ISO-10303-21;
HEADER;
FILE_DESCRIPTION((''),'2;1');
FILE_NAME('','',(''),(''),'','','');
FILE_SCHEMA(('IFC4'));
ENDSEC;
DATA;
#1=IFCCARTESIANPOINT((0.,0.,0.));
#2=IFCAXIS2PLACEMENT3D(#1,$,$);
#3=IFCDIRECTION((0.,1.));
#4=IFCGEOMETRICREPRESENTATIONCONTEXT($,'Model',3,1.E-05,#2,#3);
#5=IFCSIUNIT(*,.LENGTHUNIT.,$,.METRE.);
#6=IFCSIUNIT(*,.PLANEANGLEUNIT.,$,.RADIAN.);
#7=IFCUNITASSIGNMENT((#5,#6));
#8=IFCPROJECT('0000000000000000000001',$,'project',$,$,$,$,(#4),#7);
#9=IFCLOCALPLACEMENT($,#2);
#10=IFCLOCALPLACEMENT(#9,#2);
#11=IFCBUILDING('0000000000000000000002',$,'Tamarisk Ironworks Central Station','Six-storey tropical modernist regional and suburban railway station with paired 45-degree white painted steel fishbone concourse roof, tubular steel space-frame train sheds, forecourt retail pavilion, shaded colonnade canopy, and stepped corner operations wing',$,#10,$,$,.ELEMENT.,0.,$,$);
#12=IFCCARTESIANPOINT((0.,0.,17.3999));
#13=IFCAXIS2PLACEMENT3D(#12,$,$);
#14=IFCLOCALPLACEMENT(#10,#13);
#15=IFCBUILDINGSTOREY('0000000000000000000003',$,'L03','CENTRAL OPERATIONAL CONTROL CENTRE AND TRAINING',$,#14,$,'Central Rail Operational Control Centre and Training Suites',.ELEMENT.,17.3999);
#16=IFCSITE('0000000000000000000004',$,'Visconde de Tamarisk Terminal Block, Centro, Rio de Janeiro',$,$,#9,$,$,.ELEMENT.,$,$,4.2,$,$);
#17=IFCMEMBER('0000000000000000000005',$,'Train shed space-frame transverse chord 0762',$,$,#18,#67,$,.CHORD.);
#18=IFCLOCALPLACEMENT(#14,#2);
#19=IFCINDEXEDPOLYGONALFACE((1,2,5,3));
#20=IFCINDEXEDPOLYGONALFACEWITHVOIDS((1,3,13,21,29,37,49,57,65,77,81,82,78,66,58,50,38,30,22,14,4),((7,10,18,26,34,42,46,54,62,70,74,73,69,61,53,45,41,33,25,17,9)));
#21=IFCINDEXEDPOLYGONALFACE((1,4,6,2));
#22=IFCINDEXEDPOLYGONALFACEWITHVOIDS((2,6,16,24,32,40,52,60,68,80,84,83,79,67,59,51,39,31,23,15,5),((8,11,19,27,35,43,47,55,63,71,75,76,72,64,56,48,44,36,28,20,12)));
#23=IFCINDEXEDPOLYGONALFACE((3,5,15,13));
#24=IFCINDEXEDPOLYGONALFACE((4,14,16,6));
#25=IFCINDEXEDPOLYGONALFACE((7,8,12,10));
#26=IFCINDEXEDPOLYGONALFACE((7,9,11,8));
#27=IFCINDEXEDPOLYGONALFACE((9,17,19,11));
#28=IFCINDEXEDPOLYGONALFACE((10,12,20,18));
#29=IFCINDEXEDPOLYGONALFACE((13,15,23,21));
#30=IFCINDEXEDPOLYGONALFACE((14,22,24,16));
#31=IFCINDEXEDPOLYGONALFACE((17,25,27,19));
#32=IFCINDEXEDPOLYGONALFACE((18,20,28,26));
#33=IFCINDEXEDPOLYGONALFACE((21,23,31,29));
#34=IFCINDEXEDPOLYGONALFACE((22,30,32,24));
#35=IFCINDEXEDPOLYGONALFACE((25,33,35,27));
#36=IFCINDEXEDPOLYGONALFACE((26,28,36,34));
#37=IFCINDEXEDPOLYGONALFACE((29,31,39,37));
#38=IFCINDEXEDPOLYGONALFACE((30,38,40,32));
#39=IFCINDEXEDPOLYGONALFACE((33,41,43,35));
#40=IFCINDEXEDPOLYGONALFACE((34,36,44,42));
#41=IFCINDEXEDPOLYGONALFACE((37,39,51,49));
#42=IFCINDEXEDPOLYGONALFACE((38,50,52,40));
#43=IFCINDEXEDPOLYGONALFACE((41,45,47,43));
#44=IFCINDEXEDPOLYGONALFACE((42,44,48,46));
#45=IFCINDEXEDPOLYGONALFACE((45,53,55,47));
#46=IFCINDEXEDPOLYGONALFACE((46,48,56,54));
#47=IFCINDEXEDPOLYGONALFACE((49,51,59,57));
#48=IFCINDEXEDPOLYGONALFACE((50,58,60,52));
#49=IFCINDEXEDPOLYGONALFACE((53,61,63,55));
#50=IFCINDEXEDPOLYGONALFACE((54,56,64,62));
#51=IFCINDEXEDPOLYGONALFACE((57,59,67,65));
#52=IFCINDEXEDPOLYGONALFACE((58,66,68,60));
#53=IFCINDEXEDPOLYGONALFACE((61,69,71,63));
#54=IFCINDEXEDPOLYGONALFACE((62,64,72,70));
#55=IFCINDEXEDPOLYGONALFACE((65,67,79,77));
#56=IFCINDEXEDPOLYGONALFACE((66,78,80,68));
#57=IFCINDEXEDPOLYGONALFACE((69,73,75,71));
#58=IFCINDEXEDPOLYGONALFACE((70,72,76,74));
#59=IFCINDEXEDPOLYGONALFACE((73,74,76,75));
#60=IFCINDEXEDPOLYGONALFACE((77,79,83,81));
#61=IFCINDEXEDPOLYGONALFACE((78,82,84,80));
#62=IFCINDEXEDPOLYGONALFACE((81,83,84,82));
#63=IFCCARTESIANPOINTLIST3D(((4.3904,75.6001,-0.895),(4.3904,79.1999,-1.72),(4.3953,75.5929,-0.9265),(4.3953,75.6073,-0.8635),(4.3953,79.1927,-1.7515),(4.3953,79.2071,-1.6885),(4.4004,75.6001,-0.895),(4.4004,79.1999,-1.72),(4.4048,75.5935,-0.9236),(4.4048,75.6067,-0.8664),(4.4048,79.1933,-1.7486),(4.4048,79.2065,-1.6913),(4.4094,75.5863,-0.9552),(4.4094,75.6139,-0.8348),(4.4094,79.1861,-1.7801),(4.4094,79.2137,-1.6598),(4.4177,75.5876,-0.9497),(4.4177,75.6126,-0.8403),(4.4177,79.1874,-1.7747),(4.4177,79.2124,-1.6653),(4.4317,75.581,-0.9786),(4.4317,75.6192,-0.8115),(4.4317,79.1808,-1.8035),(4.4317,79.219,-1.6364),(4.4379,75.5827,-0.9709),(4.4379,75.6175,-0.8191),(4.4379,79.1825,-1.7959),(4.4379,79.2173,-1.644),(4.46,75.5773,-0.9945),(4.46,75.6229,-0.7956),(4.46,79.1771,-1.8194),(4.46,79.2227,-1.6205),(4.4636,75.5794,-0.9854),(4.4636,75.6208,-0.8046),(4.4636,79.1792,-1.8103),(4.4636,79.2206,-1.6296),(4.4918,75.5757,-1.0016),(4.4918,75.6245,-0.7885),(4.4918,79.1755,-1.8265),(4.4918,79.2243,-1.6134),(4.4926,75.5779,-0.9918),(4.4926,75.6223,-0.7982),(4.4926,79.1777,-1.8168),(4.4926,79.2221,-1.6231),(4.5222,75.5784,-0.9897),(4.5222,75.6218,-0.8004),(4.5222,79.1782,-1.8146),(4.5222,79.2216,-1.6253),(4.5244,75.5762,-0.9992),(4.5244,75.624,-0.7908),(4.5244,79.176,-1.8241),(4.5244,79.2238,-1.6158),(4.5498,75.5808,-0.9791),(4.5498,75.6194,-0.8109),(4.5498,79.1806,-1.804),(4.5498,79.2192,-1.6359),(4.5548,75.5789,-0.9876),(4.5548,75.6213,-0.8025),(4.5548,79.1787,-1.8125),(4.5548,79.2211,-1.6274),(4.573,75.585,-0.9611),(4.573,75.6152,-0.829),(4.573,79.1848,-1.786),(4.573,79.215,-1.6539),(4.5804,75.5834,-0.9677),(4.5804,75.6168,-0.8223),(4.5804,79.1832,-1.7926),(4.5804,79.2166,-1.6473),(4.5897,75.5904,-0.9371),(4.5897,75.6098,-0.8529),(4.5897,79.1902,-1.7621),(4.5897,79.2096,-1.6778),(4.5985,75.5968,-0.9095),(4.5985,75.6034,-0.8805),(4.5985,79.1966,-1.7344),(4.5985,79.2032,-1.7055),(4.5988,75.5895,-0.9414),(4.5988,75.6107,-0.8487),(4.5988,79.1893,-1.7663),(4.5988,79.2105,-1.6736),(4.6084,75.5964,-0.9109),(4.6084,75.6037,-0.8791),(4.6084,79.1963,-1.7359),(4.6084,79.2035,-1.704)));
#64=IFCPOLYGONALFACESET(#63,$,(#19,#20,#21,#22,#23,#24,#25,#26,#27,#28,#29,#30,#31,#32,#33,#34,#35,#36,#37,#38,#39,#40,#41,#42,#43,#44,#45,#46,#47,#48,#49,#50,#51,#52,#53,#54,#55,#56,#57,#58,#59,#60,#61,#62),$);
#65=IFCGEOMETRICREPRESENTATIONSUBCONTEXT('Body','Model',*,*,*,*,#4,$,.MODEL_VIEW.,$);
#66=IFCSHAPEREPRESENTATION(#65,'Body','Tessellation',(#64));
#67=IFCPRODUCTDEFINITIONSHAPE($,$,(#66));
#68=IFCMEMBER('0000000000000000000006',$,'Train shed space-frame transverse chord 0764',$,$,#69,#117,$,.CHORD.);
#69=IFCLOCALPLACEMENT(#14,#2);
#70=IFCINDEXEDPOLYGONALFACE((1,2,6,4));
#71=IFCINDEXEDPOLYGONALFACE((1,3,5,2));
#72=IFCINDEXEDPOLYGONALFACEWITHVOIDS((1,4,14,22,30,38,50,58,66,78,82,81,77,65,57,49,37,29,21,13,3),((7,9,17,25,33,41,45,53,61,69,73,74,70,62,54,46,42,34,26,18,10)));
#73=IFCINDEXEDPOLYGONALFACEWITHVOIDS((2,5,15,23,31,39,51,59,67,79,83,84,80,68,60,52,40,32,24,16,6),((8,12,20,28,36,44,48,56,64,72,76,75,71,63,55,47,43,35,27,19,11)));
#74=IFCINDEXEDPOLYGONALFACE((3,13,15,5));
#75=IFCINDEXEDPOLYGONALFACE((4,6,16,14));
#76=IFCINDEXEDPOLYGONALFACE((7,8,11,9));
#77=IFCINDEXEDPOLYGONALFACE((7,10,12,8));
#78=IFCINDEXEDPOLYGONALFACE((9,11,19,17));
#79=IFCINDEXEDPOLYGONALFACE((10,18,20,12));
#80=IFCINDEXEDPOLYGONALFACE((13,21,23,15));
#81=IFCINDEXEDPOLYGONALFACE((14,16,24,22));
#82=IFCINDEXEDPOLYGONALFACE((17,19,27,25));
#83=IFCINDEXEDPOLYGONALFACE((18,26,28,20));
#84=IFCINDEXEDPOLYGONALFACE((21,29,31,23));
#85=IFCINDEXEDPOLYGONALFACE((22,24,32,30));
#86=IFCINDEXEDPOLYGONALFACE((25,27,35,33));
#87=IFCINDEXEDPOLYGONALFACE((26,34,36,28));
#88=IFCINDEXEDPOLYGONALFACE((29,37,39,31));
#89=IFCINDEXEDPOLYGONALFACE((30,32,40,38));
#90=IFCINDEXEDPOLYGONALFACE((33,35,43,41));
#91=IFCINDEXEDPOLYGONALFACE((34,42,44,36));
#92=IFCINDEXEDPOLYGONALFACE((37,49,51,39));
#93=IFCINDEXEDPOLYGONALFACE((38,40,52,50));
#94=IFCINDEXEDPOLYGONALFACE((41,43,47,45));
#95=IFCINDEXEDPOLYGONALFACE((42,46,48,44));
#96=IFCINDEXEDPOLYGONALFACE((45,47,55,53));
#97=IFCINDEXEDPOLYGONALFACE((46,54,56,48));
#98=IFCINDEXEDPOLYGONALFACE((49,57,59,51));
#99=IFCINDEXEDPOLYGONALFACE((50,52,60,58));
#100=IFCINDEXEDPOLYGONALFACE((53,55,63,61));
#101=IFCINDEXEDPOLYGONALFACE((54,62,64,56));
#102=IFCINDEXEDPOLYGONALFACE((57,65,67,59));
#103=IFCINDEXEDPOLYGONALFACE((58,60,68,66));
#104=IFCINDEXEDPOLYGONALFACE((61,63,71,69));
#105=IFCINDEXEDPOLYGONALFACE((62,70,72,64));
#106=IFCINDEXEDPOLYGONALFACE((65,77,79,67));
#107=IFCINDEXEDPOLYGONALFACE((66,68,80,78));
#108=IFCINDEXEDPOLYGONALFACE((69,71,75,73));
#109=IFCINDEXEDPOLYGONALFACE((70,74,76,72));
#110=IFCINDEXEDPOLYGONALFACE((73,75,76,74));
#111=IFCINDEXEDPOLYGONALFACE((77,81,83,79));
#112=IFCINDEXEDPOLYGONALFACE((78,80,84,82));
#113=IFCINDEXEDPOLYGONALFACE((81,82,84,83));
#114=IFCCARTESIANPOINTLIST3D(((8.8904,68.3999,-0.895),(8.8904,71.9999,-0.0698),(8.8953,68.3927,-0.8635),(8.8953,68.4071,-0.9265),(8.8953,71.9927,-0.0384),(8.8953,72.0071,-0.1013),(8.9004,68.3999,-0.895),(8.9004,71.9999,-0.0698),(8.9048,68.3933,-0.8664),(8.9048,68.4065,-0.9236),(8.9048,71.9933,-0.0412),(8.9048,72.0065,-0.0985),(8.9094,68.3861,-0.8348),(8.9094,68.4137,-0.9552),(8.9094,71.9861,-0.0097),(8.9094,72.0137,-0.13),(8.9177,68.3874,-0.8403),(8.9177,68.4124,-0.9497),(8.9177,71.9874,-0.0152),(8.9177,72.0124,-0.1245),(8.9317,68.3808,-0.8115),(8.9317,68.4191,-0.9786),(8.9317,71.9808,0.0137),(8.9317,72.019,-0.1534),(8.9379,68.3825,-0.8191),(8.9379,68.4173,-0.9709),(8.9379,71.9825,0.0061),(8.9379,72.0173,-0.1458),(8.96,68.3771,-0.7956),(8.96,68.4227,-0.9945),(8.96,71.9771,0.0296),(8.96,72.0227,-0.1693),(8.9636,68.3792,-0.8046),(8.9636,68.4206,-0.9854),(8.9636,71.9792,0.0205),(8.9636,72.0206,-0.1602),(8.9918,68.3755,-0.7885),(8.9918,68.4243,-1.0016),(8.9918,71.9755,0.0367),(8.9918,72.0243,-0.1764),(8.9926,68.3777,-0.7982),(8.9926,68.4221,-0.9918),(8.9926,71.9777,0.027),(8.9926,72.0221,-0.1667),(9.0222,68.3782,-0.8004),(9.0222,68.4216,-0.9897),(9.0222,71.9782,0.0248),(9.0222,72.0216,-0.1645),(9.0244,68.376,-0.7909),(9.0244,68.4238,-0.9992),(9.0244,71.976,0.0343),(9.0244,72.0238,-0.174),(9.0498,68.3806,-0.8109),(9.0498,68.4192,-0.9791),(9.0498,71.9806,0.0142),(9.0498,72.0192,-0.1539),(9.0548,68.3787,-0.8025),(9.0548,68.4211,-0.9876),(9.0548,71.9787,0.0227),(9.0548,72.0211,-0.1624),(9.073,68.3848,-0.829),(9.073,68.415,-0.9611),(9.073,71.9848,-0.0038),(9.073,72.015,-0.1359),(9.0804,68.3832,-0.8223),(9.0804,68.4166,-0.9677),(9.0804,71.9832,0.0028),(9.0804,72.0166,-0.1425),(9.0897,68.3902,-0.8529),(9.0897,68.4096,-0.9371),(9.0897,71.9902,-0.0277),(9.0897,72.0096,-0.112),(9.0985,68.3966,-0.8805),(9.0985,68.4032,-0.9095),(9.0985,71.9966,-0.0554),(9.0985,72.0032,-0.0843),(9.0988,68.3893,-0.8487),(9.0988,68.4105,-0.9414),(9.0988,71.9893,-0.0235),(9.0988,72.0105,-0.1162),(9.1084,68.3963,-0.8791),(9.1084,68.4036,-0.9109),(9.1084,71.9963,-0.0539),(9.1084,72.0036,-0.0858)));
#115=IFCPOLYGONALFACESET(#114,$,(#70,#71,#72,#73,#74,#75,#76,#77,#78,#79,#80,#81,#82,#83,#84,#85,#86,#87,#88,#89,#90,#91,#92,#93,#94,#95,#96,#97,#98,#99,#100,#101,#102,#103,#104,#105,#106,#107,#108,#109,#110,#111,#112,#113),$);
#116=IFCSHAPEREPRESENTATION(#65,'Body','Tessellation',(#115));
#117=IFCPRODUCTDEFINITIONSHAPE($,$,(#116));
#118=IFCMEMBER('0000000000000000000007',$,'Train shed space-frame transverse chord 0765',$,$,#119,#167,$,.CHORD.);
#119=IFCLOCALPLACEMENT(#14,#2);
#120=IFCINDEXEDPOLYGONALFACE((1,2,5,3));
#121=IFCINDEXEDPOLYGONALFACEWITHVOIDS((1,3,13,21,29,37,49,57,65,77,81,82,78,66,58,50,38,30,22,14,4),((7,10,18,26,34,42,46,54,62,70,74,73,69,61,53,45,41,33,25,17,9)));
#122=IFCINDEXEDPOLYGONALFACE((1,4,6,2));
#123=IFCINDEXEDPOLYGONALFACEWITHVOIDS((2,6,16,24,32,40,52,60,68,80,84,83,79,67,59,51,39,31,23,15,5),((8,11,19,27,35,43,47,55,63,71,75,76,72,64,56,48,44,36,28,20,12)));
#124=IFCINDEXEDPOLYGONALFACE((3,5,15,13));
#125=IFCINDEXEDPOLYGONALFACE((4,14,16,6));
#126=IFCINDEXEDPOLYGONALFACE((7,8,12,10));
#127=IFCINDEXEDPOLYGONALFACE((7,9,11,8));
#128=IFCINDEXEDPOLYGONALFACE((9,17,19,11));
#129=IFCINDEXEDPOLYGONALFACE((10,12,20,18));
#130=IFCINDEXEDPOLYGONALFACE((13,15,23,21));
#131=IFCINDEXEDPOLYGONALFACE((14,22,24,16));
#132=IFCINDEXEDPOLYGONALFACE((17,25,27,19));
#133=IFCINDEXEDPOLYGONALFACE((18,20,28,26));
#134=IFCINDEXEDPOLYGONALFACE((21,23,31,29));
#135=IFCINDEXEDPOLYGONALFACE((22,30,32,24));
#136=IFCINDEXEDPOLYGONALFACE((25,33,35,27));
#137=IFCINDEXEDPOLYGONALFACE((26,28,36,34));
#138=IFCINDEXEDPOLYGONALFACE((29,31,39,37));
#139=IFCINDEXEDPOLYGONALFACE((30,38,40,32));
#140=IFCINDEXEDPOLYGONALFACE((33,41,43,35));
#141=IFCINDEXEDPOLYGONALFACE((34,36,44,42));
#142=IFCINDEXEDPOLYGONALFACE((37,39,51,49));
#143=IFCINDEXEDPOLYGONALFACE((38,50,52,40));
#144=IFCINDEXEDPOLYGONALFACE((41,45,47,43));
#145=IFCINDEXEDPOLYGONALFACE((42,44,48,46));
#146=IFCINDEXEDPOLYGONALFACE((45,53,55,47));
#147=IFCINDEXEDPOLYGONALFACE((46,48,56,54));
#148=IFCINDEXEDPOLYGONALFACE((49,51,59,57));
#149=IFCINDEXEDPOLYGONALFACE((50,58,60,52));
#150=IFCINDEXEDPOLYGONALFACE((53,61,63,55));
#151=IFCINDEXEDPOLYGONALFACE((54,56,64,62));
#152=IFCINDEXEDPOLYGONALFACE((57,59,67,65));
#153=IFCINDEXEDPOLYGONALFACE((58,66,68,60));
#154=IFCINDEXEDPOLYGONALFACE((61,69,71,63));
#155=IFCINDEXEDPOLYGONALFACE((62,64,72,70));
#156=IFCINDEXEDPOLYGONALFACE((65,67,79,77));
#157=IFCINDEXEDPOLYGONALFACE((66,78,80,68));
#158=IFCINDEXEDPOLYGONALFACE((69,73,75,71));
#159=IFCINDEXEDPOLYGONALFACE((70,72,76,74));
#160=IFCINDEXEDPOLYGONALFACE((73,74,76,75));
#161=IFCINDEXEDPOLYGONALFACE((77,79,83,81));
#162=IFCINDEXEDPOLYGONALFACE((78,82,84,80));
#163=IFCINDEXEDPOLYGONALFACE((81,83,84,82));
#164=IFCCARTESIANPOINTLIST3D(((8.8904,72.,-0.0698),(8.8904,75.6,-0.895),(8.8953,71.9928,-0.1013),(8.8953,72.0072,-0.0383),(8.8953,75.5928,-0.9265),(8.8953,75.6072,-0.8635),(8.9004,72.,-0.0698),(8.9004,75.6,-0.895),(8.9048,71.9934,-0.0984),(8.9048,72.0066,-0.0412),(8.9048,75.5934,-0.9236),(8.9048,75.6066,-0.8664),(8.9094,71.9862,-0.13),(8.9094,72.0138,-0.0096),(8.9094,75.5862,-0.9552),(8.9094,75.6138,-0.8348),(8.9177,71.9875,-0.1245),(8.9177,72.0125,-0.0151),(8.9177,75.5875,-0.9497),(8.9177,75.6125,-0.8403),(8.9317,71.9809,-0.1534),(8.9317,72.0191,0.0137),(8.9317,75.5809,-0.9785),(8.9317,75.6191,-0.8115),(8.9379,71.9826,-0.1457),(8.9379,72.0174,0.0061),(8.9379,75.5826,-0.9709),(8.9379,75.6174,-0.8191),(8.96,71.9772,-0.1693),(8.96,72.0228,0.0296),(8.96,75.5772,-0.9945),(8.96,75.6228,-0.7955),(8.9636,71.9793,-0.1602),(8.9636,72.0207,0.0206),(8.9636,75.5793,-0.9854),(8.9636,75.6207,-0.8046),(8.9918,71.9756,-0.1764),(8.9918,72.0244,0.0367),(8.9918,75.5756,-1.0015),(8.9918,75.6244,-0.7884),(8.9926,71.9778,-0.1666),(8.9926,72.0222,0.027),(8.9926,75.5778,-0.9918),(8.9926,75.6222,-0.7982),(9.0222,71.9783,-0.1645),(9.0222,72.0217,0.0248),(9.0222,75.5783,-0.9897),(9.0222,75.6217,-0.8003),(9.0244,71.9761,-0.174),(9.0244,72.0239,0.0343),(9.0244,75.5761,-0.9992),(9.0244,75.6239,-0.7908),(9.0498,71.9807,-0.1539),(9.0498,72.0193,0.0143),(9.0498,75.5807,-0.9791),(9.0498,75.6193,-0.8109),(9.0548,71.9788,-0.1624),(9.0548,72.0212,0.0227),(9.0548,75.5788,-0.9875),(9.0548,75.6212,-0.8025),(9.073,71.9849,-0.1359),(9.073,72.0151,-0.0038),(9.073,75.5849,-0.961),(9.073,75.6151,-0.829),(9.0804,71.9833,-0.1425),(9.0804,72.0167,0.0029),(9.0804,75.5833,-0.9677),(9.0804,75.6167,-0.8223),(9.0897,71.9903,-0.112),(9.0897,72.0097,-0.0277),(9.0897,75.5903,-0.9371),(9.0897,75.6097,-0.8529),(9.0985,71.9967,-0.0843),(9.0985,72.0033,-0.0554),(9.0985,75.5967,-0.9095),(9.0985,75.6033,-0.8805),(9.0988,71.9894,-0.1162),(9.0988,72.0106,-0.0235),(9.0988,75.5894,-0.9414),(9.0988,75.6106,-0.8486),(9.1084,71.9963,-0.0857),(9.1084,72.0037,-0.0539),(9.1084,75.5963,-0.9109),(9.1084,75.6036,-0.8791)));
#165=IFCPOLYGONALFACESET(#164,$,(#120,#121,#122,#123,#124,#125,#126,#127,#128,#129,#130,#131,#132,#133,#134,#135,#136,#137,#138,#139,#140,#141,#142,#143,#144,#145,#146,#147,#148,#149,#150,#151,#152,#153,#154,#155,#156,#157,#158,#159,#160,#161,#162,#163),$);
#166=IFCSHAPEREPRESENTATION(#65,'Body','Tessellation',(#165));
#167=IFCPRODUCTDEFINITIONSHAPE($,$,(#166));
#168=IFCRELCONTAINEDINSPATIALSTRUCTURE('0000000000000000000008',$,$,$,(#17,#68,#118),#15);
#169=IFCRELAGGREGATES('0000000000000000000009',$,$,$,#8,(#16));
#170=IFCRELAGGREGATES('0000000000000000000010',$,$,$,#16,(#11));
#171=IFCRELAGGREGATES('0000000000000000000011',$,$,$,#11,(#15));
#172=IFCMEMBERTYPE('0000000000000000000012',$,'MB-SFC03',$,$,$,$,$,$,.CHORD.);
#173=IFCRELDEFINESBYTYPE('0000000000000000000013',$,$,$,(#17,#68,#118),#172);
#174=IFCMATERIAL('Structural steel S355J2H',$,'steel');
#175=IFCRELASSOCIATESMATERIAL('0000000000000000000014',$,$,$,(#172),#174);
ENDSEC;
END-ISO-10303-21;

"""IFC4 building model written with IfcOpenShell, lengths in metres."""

from ifc_helpers import new_model, si_unit, direction, frame, origin, origin_2d, place, context, subcontext, project, spatial, hollow_circle, extrude, material, material_profile, profile_set, type_object, element, save


model = new_model("IFC4")

# Units and contexts
model_context = context("Model", 3, precision=1e-05, world=origin(), true_north=direction((0.0, 1.0)))
body_context = subcontext(model_context, "Body", "Model", "MODEL_VIEW")
ifc_project = project(units=[si_unit("LENGTHUNIT", "METRE"), si_unit("PLANEANGLEUNIT", "RADIAN")], contexts=[model_context])

# Site, building, storey
site_placement = place(None, origin())
site = spatial("IfcSite", under=ifc_project, at=site_placement, Name="Visconde de Tamarisk Terminal Block, Centro, Rio de Janeiro", CompositionType="ELEMENT", RefElevation=4.2)
building_placement = place(site_placement, origin())
building = spatial("IfcBuilding", under=site, at=building_placement, Name="Tamarisk Ironworks Central Station", Description="Six-storey tropical modernist regional and suburban railway station with paired 45-degree white painted steel fishbone concourse roof, tubular steel space-frame train sheds, forecourt retail pavilion, shaded colonnade canopy, and stepped corner operations wing", CompositionType="ELEMENT", ElevationOfRefHeight=0.0)
storey_placement = place(building_placement, frame((0.0, 0.0, 17.3999)))
storey = spatial("IfcBuildingStorey", under=building, at=storey_placement, Name="L03", Description="CENTRAL OPERATIONAL CONTROL CENTRE AND TRAINING", LongName="Central Rail Operational Control Centre and Training Suites", CompositionType="ELEMENT", Elevation=17.3999)

# Members
ifc_material = material(Name="Structural steel S355J2H", Category="steel")
ifc_material_profile_1 = material_profile(ifc_material, hollow_circle(Radius=0.1096, WallThickness=0.01, at=origin_2d()), Name="CHS 219.1x10")
ifc_profile_set_1 = profile_set([ifc_material_profile_1], Name="Structural steel S355J2H")
member_type_1 = type_object("IfcMemberType", Name="MB-SFC03", PredefinedType="CHORD", material=ifc_profile_set_1)
member_1_placement = place(storey_placement, frame((4.5, 75.6001, -0.895), z_axis=(0.0, 0.974733, -0.223372), x_axis=(-1.0, 0.0, 0.0)))
element("IfcMember", 1, at=member_1_placement, inside=storey, type_object=member_type_1, Name="Train shed space-frame transverse chord 0762", PredefinedType="CHORD", context=body_context, shape_type="SweptSolid", body=[
    extrude(hollow_circle(Radius=0.1096, WallThickness=0.01, at=origin_2d()), origin(), (0.0, 0.0, 1.0), 3.6931),
])
for number, where, z_axis, x_axis, name in (
    (2, (9.0, 68.3999, -0.895), (0.0, 0.974722, 0.223421), (-1.0, 0.0, 0.0), "Train shed space-frame transverse chord 0764"),
    (3, (9.0, 72.0, -0.0698), (0.0, 0.974722, -0.223421), (-1.0, 0.0, 0.0), "Train shed space-frame transverse chord 0765"),
):
    element("IfcMember", number, at=place(storey_placement, frame(where, z_axis=z_axis, x_axis=x_axis)), inside=storey, type_object=member_type_1, Name=name, PredefinedType="CHORD", context=body_context, shape_type="SweptSolid", body=[
        extrude(hollow_circle(Radius=0.1096, WallThickness=0.01, at=origin_2d()), origin(), (0.0, 0.0, 1.0), 3.6934),
    ])

save(model, "model.ifc")
